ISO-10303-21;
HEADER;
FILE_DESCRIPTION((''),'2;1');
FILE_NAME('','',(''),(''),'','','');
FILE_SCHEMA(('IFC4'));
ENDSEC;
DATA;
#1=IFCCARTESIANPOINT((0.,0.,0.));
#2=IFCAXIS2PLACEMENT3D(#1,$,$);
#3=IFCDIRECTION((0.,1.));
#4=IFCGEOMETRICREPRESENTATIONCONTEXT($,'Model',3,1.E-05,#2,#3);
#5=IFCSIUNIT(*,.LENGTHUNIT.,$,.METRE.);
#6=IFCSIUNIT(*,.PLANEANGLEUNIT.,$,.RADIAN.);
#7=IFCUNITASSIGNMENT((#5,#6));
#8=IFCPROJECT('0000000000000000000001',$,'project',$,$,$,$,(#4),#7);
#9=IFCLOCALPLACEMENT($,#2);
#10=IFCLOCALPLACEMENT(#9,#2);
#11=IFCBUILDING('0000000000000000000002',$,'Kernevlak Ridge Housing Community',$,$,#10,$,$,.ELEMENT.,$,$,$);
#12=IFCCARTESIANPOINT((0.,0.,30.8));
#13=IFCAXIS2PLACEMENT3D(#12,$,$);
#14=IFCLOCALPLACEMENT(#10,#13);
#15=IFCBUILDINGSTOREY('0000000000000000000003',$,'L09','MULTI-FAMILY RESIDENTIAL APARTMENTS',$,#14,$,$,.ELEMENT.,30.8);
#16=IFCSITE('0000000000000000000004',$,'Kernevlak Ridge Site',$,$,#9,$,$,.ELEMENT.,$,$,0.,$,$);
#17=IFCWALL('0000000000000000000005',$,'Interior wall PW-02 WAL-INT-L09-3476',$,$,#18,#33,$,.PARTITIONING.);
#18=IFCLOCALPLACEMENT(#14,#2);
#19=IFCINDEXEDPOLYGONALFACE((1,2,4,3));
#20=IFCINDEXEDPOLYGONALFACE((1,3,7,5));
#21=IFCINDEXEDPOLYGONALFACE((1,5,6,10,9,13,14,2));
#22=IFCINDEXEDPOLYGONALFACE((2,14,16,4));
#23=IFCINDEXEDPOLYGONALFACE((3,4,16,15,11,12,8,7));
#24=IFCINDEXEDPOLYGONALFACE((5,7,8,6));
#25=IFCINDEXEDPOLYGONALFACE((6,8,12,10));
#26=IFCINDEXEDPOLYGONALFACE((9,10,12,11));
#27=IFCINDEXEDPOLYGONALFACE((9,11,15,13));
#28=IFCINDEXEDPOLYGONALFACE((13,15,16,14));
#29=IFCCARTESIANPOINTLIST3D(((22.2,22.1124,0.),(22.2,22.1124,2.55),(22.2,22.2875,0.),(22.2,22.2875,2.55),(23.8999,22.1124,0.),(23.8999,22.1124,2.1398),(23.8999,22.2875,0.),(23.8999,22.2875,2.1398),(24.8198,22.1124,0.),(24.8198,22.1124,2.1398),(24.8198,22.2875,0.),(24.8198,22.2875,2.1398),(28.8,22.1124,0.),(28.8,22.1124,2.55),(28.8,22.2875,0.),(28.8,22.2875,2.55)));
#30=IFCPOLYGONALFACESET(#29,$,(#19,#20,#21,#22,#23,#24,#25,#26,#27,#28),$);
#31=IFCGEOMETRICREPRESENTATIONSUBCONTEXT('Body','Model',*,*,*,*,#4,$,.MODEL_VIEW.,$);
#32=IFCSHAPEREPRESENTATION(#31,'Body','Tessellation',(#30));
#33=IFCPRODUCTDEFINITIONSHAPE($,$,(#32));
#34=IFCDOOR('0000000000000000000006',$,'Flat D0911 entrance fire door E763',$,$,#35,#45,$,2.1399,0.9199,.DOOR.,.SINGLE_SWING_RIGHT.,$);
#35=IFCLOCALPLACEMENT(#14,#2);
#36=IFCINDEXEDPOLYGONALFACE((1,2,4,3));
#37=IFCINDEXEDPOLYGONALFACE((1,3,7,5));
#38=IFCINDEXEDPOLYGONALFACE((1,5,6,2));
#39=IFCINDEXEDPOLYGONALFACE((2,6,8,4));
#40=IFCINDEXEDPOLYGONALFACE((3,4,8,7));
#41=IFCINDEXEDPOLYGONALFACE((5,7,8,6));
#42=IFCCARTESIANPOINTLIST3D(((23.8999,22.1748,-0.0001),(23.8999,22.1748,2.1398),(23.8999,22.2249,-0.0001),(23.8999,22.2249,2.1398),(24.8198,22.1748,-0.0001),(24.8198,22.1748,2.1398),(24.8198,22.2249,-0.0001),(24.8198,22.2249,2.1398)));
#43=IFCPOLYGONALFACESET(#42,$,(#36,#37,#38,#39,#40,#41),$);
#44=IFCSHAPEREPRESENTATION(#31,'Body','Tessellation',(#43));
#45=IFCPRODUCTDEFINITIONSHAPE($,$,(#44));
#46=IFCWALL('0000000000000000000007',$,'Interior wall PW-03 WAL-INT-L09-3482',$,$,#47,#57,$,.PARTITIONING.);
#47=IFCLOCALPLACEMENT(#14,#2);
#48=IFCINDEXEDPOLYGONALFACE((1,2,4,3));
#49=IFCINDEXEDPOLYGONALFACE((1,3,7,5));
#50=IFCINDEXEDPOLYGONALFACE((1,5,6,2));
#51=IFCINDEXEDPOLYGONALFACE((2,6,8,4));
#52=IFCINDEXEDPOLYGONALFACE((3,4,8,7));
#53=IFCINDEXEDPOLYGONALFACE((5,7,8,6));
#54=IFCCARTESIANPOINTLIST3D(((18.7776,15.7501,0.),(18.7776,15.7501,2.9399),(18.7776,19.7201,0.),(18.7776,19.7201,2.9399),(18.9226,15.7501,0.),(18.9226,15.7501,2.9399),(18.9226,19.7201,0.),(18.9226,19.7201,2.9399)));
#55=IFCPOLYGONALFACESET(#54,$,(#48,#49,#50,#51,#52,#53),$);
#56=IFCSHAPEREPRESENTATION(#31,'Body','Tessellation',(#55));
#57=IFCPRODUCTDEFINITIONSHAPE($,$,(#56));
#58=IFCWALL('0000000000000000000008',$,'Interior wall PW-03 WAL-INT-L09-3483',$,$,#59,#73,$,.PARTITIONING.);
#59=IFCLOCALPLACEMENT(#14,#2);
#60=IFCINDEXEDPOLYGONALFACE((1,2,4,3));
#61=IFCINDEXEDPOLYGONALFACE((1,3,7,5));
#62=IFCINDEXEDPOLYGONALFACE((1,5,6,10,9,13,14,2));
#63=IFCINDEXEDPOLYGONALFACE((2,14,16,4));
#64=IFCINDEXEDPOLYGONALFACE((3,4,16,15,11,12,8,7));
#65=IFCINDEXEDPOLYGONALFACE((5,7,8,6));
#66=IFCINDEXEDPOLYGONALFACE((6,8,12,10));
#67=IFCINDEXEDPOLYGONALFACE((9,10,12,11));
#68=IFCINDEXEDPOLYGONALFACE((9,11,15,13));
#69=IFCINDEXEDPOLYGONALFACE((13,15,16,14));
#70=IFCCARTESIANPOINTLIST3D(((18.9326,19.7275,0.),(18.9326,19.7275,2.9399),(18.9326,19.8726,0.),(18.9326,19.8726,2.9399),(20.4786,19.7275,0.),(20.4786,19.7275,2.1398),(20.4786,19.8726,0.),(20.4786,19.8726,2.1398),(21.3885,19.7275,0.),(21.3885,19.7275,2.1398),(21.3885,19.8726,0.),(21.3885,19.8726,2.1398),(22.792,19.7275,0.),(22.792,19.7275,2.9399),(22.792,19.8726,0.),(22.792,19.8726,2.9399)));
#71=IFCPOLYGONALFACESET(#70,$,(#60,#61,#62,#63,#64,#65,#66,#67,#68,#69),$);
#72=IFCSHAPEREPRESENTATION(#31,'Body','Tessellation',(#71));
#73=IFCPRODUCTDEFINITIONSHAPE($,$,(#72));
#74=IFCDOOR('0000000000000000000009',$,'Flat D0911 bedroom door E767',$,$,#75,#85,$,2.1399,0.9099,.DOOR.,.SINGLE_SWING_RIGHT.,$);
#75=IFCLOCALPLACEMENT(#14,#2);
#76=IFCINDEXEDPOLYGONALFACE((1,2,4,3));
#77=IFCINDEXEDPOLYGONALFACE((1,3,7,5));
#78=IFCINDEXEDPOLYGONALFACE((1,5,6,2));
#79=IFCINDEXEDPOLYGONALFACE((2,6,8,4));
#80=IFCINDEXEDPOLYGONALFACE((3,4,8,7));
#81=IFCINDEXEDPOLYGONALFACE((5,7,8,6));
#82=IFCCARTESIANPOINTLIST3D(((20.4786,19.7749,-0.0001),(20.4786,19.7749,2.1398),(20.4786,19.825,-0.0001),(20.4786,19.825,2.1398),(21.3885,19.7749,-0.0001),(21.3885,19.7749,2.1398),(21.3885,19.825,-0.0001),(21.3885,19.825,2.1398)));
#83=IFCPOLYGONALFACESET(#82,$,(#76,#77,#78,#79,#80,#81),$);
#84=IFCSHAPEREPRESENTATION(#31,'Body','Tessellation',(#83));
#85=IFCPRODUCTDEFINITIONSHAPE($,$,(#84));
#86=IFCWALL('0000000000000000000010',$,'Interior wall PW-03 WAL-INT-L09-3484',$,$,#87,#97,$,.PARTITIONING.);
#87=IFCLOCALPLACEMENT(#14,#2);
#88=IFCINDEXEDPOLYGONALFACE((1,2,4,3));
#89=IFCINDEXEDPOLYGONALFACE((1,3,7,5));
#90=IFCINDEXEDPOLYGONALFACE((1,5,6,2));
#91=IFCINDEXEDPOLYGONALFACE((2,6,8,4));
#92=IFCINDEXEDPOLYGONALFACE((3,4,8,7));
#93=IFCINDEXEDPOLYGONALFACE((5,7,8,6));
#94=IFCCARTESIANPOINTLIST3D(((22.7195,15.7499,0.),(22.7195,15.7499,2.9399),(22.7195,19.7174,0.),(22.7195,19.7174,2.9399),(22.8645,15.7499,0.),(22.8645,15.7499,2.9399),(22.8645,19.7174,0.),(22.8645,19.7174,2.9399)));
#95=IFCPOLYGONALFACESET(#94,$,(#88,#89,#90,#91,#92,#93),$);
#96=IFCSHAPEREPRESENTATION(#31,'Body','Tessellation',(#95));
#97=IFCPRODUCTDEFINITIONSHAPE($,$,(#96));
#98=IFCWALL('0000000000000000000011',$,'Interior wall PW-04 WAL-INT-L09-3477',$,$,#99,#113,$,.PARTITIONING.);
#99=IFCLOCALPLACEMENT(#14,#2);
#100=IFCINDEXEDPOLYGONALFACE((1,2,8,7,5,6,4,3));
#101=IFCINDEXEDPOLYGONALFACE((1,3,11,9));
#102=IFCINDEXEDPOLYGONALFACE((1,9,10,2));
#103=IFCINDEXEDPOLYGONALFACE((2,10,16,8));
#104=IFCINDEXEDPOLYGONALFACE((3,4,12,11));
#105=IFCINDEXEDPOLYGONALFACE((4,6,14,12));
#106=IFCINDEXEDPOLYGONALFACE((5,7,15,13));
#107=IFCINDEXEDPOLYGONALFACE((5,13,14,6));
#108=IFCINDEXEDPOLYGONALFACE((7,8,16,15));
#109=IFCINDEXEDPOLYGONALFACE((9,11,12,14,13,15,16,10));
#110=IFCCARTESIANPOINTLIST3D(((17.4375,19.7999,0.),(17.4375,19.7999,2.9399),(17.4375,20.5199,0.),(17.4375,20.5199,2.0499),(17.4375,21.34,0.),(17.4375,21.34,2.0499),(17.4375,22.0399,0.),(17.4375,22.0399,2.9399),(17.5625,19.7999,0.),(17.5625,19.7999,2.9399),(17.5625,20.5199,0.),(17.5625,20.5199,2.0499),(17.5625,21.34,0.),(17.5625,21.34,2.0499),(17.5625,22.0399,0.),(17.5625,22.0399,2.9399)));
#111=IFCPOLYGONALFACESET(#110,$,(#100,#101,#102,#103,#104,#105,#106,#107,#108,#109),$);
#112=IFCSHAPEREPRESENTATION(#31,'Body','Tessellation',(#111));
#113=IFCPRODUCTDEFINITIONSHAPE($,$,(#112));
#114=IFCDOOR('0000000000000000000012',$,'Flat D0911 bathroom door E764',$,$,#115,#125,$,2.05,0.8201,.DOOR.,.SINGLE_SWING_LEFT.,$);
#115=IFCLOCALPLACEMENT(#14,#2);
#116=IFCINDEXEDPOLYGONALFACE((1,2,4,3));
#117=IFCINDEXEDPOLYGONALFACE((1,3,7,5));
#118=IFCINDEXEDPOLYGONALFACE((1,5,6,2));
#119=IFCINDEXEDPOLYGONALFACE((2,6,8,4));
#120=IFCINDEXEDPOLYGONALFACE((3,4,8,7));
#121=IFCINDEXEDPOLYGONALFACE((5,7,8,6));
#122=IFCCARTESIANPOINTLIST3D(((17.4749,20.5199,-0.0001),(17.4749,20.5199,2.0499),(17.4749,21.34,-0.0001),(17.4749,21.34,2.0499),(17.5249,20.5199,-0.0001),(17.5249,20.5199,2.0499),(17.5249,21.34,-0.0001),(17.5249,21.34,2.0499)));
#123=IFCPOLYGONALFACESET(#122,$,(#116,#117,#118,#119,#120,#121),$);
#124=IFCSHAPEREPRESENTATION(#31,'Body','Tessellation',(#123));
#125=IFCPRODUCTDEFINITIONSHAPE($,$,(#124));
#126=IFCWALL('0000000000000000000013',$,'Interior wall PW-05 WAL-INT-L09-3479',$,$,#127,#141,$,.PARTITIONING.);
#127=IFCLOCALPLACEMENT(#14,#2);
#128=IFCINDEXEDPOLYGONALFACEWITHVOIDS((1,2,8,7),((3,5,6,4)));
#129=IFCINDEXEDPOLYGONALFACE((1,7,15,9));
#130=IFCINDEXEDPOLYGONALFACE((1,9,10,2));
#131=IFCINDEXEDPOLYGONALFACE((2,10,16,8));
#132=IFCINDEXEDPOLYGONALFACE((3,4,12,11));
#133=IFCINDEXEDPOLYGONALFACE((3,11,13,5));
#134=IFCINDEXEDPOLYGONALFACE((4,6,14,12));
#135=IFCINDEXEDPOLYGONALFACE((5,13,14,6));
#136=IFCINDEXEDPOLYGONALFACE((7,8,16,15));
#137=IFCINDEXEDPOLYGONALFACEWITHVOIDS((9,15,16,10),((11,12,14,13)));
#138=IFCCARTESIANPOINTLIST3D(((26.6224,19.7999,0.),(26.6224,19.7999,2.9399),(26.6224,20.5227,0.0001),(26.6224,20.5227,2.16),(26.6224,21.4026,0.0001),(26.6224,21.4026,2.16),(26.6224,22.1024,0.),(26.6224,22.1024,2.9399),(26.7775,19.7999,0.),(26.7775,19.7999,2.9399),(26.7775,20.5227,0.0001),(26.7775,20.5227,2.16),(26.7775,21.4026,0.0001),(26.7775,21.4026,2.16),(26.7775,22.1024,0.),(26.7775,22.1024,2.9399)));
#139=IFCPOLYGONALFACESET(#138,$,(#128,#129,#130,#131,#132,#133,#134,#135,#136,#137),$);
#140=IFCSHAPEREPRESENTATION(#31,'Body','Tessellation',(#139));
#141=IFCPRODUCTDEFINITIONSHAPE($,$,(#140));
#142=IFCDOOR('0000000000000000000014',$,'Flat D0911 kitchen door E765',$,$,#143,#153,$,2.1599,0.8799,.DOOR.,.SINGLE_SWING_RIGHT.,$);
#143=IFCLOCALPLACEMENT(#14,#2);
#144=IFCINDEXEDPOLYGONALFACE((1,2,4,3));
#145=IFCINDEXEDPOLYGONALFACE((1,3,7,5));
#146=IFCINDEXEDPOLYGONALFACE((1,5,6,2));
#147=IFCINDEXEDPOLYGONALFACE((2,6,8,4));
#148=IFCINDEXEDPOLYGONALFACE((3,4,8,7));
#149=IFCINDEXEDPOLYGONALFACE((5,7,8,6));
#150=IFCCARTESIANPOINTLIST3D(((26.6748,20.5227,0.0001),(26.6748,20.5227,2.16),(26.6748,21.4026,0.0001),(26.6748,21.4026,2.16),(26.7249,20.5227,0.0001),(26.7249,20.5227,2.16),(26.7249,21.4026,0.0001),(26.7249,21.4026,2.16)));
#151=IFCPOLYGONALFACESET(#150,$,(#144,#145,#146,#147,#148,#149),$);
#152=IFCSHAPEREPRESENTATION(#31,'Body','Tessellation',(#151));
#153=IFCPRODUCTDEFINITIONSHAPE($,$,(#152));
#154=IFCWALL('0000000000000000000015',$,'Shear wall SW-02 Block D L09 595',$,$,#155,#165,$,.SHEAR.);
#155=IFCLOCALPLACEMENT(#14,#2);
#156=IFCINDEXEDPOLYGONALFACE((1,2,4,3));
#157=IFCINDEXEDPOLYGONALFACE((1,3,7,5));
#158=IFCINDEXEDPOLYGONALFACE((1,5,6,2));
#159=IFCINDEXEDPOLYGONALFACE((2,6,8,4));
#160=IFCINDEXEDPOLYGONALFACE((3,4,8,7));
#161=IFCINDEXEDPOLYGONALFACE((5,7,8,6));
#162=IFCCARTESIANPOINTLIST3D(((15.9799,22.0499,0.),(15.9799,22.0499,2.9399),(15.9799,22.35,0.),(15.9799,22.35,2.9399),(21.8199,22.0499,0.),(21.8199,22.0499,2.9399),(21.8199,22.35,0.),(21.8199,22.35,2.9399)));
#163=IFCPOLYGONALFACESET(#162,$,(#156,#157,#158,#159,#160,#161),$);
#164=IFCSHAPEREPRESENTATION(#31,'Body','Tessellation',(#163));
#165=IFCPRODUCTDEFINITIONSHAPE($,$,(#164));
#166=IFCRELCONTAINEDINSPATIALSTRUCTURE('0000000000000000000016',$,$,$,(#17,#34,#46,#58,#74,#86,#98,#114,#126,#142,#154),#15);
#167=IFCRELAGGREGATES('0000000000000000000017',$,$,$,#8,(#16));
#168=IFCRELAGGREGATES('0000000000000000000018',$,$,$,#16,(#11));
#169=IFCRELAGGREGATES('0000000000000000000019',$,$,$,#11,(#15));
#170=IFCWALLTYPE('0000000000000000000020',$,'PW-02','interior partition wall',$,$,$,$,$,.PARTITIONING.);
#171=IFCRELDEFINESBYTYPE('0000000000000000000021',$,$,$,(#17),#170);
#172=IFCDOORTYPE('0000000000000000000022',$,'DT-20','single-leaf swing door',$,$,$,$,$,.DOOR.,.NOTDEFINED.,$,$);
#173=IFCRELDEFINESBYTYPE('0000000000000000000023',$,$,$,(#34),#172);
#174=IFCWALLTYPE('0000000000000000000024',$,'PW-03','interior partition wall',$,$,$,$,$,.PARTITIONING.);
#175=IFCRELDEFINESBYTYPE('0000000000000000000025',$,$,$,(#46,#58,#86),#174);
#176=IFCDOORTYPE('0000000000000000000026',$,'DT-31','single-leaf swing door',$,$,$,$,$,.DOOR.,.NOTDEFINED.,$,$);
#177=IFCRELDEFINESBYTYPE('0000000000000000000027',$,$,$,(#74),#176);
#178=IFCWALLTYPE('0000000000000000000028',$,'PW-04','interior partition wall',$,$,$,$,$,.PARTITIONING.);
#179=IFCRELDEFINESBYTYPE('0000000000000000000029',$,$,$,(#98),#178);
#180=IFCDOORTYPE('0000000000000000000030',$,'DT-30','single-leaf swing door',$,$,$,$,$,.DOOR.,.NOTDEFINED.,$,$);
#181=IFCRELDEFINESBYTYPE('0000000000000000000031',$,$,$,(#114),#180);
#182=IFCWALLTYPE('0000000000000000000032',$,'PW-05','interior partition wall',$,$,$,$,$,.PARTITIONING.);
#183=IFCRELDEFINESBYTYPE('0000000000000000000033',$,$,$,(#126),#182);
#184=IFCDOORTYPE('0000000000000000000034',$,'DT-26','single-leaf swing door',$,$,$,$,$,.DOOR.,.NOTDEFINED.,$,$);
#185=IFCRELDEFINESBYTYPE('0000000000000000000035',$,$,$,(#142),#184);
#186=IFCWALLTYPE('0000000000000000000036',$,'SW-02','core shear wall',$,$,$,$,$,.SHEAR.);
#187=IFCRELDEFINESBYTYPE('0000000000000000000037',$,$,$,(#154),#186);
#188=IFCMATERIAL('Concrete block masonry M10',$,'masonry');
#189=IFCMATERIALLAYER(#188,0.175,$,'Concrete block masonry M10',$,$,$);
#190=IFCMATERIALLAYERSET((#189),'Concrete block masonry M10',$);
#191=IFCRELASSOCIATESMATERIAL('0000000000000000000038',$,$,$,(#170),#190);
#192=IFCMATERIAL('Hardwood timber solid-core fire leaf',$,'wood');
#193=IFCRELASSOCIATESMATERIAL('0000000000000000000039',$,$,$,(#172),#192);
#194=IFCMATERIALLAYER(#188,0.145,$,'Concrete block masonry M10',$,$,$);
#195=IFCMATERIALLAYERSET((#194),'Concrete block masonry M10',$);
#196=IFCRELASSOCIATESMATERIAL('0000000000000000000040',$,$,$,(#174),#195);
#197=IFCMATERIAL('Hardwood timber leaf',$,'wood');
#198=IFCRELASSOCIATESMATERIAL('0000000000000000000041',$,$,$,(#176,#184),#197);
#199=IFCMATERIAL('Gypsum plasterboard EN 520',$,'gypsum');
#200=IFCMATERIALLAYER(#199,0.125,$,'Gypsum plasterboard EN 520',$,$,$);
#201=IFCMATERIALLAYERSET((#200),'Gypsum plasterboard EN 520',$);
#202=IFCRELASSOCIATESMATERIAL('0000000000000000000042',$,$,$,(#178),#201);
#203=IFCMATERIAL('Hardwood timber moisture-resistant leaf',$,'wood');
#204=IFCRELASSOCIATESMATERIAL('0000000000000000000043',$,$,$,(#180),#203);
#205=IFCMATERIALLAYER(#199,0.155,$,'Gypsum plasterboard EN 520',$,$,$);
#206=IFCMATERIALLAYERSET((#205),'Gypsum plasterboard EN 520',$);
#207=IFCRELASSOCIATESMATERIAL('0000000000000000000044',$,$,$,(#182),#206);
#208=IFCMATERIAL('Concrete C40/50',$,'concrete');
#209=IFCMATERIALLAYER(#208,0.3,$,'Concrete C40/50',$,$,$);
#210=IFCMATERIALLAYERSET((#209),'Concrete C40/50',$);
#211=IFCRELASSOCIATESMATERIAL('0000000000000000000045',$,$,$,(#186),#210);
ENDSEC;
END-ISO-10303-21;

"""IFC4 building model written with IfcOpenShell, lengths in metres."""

from ifc_helpers import new_model, si_unit, direction, frame, frame_2d, origin, place, context, subcontext, project, spatial, rectangle, extrude, material, layer, layer_set, type_object, element, fill, save


model = new_model("IFC4")

# Units and contexts
model_context = context("Model", 3, precision=1e-05, world=origin(), true_north=direction((0.0, 1.0)))
body_context = subcontext(model_context, "Body", "Model", "MODEL_VIEW")
ifc_project = project(units=[si_unit("LENGTHUNIT", "METRE"), si_unit("PLANEANGLEUNIT", "RADIAN")], contexts=[model_context])

# Site, building, storey
site_placement = place(None, origin())
site = spatial("IfcSite", under=ifc_project, at=site_placement, Name="Kernevlak Ridge Site", CompositionType="ELEMENT", RefElevation=0.0)
building_placement = place(site_placement, origin())
building = spatial("IfcBuilding", under=site, at=building_placement, Name="Kernevlak Ridge Housing Community", CompositionType="ELEMENT")
storey_placement = place(building_placement, frame((0.0, 0.0, 30.8)))
storey = spatial("IfcBuildingStorey", under=building, at=storey_placement, Name="L09", Description="MULTI-FAMILY RESIDENTIAL APARTMENTS", CompositionType="ELEMENT", Elevation=30.8)

# Shared definitions
ifc_material_1 = material(Name="Concrete block masonry M10", Category="masonry")

# Wall, opening, door
ifc_layer_1 = layer(ifc_material_1, 0.175, Name="Concrete block masonry M10")
ifc_layer_set_1 = layer_set([ifc_layer_1], Name="Concrete block masonry M10")
wall_type_1 = type_object("IfcWallType", Name="PW-02", Description="interior partition wall", PredefinedType="PARTITIONING", material=ifc_layer_set_1)
wall_1_placement = place(storey_placement, frame((22.2, 22.2, 0.0), z_axis=(0.0, 0.0, 1.0), x_axis=(1.0, 0.0, 0.0)))
wall_1 = element("IfcWall", 1, at=wall_1_placement, inside=storey, type_object=wall_type_1, Name="Interior wall PW-02 WAL-INT-L09-3476", PredefinedType="PARTITIONING", context=body_context, shape_type="SweptSolid", body=[
    extrude(rectangle(XDim=6.6001, YDim=0.175, at=frame_2d((3.3, 0.0))), origin(), (0.0, 0.0, 1.0), 2.55),
])
opening_1_placement = place(wall_1_placement, frame((1.7, 0.0, 0.0)))
opening_1 = element("IfcOpeningElement", 2, at=opening_1_placement, cuts=wall_1, PredefinedType="OPENING", context=body_context, shape_type="SweptSolid", body=[
    extrude(rectangle(XDim=0.9199, YDim=2.1399, at=frame_2d((0.46, 1.0698))), frame((0.0, 0.0974, 0.0), z_axis=(0.0, -1.0, 0.0), x_axis=(1.0, 0.0, 0.0)), (0.0, 0.0, 1.0), 0.1951),
])
ifc_material_2 = material(Name="Hardwood timber solid-core fire leaf", Category="wood")
door_type_1 = type_object("IfcDoorType", Name="DT-20", Description="single-leaf swing door", OperationType="NOTDEFINED", PredefinedType="DOOR", material=ifc_material_2)
door_1_placement = place(opening_1_placement, origin())
door_1 = element("IfcDoor", 3, at=door_1_placement, inside=storey, type_object=door_type_1, Name="Flat D0911 entrance fire door E763", OperationType="SINGLE_SWING_RIGHT", OverallHeight=2.1399, OverallWidth=0.9199, PredefinedType="DOOR", context=body_context, shape_type="SweptSolid", body=[
    extrude(rectangle(XDim=0.9199, YDim=2.1399, at=frame_2d((0.46, 1.0698))), frame((0.0, 0.0249, 0.0), z_axis=(0.0, -1.0, 0.0), x_axis=(1.0, 0.0, 0.0)), (0.0, 0.0, 1.0), 0.05),
])
fill(opening_1, door_1)

# Wall
ifc_layer_2 = layer(ifc_material_1, 0.145, Name="Concrete block masonry M10")
ifc_layer_set_2 = layer_set([ifc_layer_2], Name="Concrete block masonry M10")
wall_type_2 = type_object("IfcWallType", Name="PW-03", Description="interior partition wall", PredefinedType="PARTITIONING", material=ifc_layer_set_2)
wall_2_placement = place(storey_placement, frame((18.8501, 19.72, 0.0), z_axis=(0.0, 0.0, 1.0), x_axis=(0.0, -1.0, 0.0)))
element("IfcWall", 4, at=wall_2_placement, inside=storey, type_object=wall_type_2, Name="Interior wall PW-03 WAL-INT-L09-3482", PredefinedType="PARTITIONING", context=body_context, shape_type="SweptSolid", body=[
    extrude(rectangle(XDim=3.97, YDim=0.145, at=frame_2d((1.9849, 0.0))), origin(), (0.0, 0.0, 1.0), 2.9399),
])

# Wall, opening, door
wall_3_placement = place(storey_placement, frame((18.9326, 19.8, 0.0), z_axis=(0.0, 0.0, 1.0), x_axis=(1.0, 0.0, 0.0)))
wall_3 = element("IfcWall", 5, at=wall_3_placement, inside=storey, type_object=wall_type_2, Name="Interior wall PW-03 WAL-INT-L09-3483", PredefinedType="PARTITIONING", context=body_context, shape_type="SweptSolid", body=[
    extrude(rectangle(XDim=3.8594, YDim=0.145, at=frame_2d((1.9297, 0.0))), origin(), (0.0, 0.0, 1.0), 2.9399),
])
opening_2_placement = place(wall_3_placement, frame((1.5459, 0.0, 0.0)))
opening_2 = element("IfcOpeningElement", 6, at=opening_2_placement, cuts=wall_3, PredefinedType="OPENING", context=body_context, shape_type="SweptSolid", body=[
    extrude(rectangle(XDim=0.9099, YDim=2.1399, at=frame_2d((0.4551, 1.0698))), frame((0.0, 0.0825, 0.0), z_axis=(0.0, -1.0, 0.0), x_axis=(1.0, 0.0, 0.0)), (0.0, 0.0, 1.0), 0.165),
])
ifc_material_3 = material(Name="Hardwood timber leaf", Category="wood")
door_type_2 = type_object("IfcDoorType", Name="DT-31", Description="single-leaf swing door", OperationType="NOTDEFINED", PredefinedType="DOOR", material=ifc_material_3)
door_2_placement = place(opening_2_placement, origin())
door_2 = element("IfcDoor", 7, at=door_2_placement, inside=storey, type_object=door_type_2, Name="Flat D0911 bedroom door E767", OperationType="SINGLE_SWING_RIGHT", OverallHeight=2.1399, OverallWidth=0.9099, PredefinedType="DOOR", context=body_context, shape_type="SweptSolid", body=[
    extrude(rectangle(XDim=0.9099, YDim=2.1399, at=frame_2d((0.4551, 1.0698))), frame((0.0, 0.0249, 0.0), z_axis=(0.0, -1.0, 0.0), x_axis=(1.0, 0.0, 0.0)), (0.0, 0.0, 1.0), 0.05),
])
fill(opening_2, door_2)

# Wall
wall_4_placement = place(storey_placement, frame((22.792, 19.7175, 0.0), z_axis=(0.0, 0.0, 1.0), x_axis=(0.0, -1.0, 0.0)))
element("IfcWall", 8, at=wall_4_placement, inside=storey, type_object=wall_type_2, Name="Interior wall PW-03 WAL-INT-L09-3484", PredefinedType="PARTITIONING", context=body_context, shape_type="SweptSolid", body=[
    extrude(rectangle(XDim=3.9675, YDim=0.145, at=frame_2d((1.9839, 0.0))), origin(), (0.0, 0.0, 1.0), 2.9399),
])

# Walls, openings, doors
ifc_material_4 = material(Name="Gypsum plasterboard EN 520", Category="gypsum")
ifc_layer_3 = layer(ifc_material_4, 0.125, Name="Gypsum plasterboard EN 520")
ifc_layer_set_3 = layer_set([ifc_layer_3], Name="Gypsum plasterboard EN 520")
wall_type_3 = type_object("IfcWallType", Name="PW-04", Description="interior partition wall", PredefinedType="PARTITIONING", material=ifc_layer_set_3)
wall_5_placement = place(storey_placement, frame((17.5, 22.04, 0.0), z_axis=(0.0, 0.0, 1.0), x_axis=(0.0, -1.0, 0.0)))
wall_5 = element("IfcWall", 9, at=wall_5_placement, inside=storey, type_object=wall_type_3, Name="Interior wall PW-04 WAL-INT-L09-3477", PredefinedType="PARTITIONING", context=body_context, shape_type="SweptSolid", body=[
    extrude(rectangle(XDim=2.24, YDim=0.125, at=frame_2d((1.1201, 0.0))), origin(), (0.0, 0.0, 1.0), 2.9399),
])
opening_3_placement = place(wall_5_placement, frame((0.7, 0.0, 0.0)))
opening_3 = element("IfcOpeningElement", 10, at=opening_3_placement, cuts=wall_5, PredefinedType="OPENING", context=body_context, shape_type="SweptSolid", body=[
    extrude(rectangle(XDim=0.8201, YDim=2.05, at=frame_2d((0.4102, 1.0249))), frame((0.0, 0.0725, 0.0), z_axis=(0.0, -1.0, 0.0), x_axis=(1.0, 0.0, 0.0)), (0.0, 0.0, 1.0), 0.145),
])
ifc_material_5 = material(Name="Hardwood timber moisture-resistant leaf", Category="wood")
door_type_3 = type_object("IfcDoorType", Name="DT-30", Description="single-leaf swing door", OperationType="NOTDEFINED", PredefinedType="DOOR", material=ifc_material_5)
door_3_placement = place(opening_3_placement, origin())
door_3 = element("IfcDoor", 11, at=door_3_placement, inside=storey, type_object=door_type_3, Name="Flat D0911 bathroom door E764", OperationType="SINGLE_SWING_LEFT", OverallHeight=2.05, OverallWidth=0.8201, PredefinedType="DOOR", context=body_context, shape_type="SweptSolid", body=[
    extrude(rectangle(XDim=0.8201, YDim=2.05, at=frame_2d((0.4102, 1.0249))), frame((0.0, 0.0249, 0.0), z_axis=(0.0, -1.0, 0.0), x_axis=(1.0, 0.0, 0.0)), (0.0, 0.0, 1.0), 0.05),
])
fill(opening_3, door_3)
ifc_layer_4 = layer(ifc_material_4, 0.155, Name="Gypsum plasterboard EN 520")
ifc_layer_set_4 = layer_set([ifc_layer_4], Name="Gypsum plasterboard EN 520")
wall_type_4 = type_object("IfcWallType", Name="PW-05", Description="interior partition wall", PredefinedType="PARTITIONING", material=ifc_layer_set_4)
wall_6_placement = place(storey_placement, frame((26.7, 22.1025, 0.0), z_axis=(0.0, 0.0, 1.0), x_axis=(0.0, -1.0, 0.0)))
wall_6 = element("IfcWall", 12, at=wall_6_placement, inside=storey, type_object=wall_type_4, Name="Interior wall PW-05 WAL-INT-L09-3479", PredefinedType="PARTITIONING", context=body_context, shape_type="SweptSolid", body=[
    extrude(rectangle(XDim=2.3025, YDim=0.155, at=frame_2d((1.1514, 0.0))), origin(), (0.0, 0.0, 1.0), 2.9399),
])
opening_4_placement = place(wall_6_placement, frame((0.7, 0.0, 0.0)))
opening_4 = element("IfcOpeningElement", 13, at=opening_4_placement, cuts=wall_6, PredefinedType="OPENING", context=body_context, shape_type="SweptSolid", body=[
    extrude(rectangle(XDim=0.8799, YDim=2.1599, at=frame_2d((0.4399, 1.0801))), frame((0.0, 0.0874, 0.0), z_axis=(0.0, -1.0, 0.0), x_axis=(1.0, 0.0, 0.0)), (0.0, 0.0, 1.0), 0.175),
])
door_type_4 = type_object("IfcDoorType", Name="DT-26", Description="single-leaf swing door", OperationType="NOTDEFINED", PredefinedType="DOOR", material=ifc_material_3)
door_4_placement = place(opening_4_placement, origin())
door_4 = element("IfcDoor", 14, at=door_4_placement, inside=storey, type_object=door_type_4, Name="Flat D0911 kitchen door E765", OperationType="SINGLE_SWING_RIGHT", OverallHeight=2.1599, OverallWidth=0.8799, PredefinedType="DOOR", context=body_context, shape_type="SweptSolid", body=[
    extrude(rectangle(XDim=0.8799, YDim=2.1599, at=frame_2d((0.4399, 1.0801))), frame((0.0, 0.0249, 0.0), z_axis=(0.0, -1.0, 0.0), x_axis=(1.0, 0.0, 0.0)), (0.0, 0.0, 1.0), 0.05),
])
fill(opening_4, door_4)

# Wall
ifc_material_6 = material(Name="Concrete C40/50", Category="concrete")
ifc_layer_5 = layer(ifc_material_6, 0.3, Name="Concrete C40/50")
ifc_layer_set_5 = layer_set([ifc_layer_5], Name="Concrete C40/50")
wall_type_5 = type_object("IfcWallType", Name="SW-02", Description="core shear wall", PredefinedType="SHEAR", material=ifc_layer_set_5)
wall_7_placement = place(storey_placement, frame((15.98, 22.2, 0.0), z_axis=(0.0, 0.0, 1.0), x_axis=(1.0, 0.0, 0.0)))
element("IfcWall", 15, at=wall_7_placement, inside=storey, type_object=wall_type_5, Name="Shear wall SW-02 Block D L09 595", PredefinedType="SHEAR", context=body_context, shape_type="SweptSolid", body=[
    extrude(rectangle(XDim=5.8401, YDim=0.3, at=frame_2d((2.9199, 0.0))), origin(), (0.0, 0.0, 1.0), 2.9399),
])

save(model, "model.ifc")
